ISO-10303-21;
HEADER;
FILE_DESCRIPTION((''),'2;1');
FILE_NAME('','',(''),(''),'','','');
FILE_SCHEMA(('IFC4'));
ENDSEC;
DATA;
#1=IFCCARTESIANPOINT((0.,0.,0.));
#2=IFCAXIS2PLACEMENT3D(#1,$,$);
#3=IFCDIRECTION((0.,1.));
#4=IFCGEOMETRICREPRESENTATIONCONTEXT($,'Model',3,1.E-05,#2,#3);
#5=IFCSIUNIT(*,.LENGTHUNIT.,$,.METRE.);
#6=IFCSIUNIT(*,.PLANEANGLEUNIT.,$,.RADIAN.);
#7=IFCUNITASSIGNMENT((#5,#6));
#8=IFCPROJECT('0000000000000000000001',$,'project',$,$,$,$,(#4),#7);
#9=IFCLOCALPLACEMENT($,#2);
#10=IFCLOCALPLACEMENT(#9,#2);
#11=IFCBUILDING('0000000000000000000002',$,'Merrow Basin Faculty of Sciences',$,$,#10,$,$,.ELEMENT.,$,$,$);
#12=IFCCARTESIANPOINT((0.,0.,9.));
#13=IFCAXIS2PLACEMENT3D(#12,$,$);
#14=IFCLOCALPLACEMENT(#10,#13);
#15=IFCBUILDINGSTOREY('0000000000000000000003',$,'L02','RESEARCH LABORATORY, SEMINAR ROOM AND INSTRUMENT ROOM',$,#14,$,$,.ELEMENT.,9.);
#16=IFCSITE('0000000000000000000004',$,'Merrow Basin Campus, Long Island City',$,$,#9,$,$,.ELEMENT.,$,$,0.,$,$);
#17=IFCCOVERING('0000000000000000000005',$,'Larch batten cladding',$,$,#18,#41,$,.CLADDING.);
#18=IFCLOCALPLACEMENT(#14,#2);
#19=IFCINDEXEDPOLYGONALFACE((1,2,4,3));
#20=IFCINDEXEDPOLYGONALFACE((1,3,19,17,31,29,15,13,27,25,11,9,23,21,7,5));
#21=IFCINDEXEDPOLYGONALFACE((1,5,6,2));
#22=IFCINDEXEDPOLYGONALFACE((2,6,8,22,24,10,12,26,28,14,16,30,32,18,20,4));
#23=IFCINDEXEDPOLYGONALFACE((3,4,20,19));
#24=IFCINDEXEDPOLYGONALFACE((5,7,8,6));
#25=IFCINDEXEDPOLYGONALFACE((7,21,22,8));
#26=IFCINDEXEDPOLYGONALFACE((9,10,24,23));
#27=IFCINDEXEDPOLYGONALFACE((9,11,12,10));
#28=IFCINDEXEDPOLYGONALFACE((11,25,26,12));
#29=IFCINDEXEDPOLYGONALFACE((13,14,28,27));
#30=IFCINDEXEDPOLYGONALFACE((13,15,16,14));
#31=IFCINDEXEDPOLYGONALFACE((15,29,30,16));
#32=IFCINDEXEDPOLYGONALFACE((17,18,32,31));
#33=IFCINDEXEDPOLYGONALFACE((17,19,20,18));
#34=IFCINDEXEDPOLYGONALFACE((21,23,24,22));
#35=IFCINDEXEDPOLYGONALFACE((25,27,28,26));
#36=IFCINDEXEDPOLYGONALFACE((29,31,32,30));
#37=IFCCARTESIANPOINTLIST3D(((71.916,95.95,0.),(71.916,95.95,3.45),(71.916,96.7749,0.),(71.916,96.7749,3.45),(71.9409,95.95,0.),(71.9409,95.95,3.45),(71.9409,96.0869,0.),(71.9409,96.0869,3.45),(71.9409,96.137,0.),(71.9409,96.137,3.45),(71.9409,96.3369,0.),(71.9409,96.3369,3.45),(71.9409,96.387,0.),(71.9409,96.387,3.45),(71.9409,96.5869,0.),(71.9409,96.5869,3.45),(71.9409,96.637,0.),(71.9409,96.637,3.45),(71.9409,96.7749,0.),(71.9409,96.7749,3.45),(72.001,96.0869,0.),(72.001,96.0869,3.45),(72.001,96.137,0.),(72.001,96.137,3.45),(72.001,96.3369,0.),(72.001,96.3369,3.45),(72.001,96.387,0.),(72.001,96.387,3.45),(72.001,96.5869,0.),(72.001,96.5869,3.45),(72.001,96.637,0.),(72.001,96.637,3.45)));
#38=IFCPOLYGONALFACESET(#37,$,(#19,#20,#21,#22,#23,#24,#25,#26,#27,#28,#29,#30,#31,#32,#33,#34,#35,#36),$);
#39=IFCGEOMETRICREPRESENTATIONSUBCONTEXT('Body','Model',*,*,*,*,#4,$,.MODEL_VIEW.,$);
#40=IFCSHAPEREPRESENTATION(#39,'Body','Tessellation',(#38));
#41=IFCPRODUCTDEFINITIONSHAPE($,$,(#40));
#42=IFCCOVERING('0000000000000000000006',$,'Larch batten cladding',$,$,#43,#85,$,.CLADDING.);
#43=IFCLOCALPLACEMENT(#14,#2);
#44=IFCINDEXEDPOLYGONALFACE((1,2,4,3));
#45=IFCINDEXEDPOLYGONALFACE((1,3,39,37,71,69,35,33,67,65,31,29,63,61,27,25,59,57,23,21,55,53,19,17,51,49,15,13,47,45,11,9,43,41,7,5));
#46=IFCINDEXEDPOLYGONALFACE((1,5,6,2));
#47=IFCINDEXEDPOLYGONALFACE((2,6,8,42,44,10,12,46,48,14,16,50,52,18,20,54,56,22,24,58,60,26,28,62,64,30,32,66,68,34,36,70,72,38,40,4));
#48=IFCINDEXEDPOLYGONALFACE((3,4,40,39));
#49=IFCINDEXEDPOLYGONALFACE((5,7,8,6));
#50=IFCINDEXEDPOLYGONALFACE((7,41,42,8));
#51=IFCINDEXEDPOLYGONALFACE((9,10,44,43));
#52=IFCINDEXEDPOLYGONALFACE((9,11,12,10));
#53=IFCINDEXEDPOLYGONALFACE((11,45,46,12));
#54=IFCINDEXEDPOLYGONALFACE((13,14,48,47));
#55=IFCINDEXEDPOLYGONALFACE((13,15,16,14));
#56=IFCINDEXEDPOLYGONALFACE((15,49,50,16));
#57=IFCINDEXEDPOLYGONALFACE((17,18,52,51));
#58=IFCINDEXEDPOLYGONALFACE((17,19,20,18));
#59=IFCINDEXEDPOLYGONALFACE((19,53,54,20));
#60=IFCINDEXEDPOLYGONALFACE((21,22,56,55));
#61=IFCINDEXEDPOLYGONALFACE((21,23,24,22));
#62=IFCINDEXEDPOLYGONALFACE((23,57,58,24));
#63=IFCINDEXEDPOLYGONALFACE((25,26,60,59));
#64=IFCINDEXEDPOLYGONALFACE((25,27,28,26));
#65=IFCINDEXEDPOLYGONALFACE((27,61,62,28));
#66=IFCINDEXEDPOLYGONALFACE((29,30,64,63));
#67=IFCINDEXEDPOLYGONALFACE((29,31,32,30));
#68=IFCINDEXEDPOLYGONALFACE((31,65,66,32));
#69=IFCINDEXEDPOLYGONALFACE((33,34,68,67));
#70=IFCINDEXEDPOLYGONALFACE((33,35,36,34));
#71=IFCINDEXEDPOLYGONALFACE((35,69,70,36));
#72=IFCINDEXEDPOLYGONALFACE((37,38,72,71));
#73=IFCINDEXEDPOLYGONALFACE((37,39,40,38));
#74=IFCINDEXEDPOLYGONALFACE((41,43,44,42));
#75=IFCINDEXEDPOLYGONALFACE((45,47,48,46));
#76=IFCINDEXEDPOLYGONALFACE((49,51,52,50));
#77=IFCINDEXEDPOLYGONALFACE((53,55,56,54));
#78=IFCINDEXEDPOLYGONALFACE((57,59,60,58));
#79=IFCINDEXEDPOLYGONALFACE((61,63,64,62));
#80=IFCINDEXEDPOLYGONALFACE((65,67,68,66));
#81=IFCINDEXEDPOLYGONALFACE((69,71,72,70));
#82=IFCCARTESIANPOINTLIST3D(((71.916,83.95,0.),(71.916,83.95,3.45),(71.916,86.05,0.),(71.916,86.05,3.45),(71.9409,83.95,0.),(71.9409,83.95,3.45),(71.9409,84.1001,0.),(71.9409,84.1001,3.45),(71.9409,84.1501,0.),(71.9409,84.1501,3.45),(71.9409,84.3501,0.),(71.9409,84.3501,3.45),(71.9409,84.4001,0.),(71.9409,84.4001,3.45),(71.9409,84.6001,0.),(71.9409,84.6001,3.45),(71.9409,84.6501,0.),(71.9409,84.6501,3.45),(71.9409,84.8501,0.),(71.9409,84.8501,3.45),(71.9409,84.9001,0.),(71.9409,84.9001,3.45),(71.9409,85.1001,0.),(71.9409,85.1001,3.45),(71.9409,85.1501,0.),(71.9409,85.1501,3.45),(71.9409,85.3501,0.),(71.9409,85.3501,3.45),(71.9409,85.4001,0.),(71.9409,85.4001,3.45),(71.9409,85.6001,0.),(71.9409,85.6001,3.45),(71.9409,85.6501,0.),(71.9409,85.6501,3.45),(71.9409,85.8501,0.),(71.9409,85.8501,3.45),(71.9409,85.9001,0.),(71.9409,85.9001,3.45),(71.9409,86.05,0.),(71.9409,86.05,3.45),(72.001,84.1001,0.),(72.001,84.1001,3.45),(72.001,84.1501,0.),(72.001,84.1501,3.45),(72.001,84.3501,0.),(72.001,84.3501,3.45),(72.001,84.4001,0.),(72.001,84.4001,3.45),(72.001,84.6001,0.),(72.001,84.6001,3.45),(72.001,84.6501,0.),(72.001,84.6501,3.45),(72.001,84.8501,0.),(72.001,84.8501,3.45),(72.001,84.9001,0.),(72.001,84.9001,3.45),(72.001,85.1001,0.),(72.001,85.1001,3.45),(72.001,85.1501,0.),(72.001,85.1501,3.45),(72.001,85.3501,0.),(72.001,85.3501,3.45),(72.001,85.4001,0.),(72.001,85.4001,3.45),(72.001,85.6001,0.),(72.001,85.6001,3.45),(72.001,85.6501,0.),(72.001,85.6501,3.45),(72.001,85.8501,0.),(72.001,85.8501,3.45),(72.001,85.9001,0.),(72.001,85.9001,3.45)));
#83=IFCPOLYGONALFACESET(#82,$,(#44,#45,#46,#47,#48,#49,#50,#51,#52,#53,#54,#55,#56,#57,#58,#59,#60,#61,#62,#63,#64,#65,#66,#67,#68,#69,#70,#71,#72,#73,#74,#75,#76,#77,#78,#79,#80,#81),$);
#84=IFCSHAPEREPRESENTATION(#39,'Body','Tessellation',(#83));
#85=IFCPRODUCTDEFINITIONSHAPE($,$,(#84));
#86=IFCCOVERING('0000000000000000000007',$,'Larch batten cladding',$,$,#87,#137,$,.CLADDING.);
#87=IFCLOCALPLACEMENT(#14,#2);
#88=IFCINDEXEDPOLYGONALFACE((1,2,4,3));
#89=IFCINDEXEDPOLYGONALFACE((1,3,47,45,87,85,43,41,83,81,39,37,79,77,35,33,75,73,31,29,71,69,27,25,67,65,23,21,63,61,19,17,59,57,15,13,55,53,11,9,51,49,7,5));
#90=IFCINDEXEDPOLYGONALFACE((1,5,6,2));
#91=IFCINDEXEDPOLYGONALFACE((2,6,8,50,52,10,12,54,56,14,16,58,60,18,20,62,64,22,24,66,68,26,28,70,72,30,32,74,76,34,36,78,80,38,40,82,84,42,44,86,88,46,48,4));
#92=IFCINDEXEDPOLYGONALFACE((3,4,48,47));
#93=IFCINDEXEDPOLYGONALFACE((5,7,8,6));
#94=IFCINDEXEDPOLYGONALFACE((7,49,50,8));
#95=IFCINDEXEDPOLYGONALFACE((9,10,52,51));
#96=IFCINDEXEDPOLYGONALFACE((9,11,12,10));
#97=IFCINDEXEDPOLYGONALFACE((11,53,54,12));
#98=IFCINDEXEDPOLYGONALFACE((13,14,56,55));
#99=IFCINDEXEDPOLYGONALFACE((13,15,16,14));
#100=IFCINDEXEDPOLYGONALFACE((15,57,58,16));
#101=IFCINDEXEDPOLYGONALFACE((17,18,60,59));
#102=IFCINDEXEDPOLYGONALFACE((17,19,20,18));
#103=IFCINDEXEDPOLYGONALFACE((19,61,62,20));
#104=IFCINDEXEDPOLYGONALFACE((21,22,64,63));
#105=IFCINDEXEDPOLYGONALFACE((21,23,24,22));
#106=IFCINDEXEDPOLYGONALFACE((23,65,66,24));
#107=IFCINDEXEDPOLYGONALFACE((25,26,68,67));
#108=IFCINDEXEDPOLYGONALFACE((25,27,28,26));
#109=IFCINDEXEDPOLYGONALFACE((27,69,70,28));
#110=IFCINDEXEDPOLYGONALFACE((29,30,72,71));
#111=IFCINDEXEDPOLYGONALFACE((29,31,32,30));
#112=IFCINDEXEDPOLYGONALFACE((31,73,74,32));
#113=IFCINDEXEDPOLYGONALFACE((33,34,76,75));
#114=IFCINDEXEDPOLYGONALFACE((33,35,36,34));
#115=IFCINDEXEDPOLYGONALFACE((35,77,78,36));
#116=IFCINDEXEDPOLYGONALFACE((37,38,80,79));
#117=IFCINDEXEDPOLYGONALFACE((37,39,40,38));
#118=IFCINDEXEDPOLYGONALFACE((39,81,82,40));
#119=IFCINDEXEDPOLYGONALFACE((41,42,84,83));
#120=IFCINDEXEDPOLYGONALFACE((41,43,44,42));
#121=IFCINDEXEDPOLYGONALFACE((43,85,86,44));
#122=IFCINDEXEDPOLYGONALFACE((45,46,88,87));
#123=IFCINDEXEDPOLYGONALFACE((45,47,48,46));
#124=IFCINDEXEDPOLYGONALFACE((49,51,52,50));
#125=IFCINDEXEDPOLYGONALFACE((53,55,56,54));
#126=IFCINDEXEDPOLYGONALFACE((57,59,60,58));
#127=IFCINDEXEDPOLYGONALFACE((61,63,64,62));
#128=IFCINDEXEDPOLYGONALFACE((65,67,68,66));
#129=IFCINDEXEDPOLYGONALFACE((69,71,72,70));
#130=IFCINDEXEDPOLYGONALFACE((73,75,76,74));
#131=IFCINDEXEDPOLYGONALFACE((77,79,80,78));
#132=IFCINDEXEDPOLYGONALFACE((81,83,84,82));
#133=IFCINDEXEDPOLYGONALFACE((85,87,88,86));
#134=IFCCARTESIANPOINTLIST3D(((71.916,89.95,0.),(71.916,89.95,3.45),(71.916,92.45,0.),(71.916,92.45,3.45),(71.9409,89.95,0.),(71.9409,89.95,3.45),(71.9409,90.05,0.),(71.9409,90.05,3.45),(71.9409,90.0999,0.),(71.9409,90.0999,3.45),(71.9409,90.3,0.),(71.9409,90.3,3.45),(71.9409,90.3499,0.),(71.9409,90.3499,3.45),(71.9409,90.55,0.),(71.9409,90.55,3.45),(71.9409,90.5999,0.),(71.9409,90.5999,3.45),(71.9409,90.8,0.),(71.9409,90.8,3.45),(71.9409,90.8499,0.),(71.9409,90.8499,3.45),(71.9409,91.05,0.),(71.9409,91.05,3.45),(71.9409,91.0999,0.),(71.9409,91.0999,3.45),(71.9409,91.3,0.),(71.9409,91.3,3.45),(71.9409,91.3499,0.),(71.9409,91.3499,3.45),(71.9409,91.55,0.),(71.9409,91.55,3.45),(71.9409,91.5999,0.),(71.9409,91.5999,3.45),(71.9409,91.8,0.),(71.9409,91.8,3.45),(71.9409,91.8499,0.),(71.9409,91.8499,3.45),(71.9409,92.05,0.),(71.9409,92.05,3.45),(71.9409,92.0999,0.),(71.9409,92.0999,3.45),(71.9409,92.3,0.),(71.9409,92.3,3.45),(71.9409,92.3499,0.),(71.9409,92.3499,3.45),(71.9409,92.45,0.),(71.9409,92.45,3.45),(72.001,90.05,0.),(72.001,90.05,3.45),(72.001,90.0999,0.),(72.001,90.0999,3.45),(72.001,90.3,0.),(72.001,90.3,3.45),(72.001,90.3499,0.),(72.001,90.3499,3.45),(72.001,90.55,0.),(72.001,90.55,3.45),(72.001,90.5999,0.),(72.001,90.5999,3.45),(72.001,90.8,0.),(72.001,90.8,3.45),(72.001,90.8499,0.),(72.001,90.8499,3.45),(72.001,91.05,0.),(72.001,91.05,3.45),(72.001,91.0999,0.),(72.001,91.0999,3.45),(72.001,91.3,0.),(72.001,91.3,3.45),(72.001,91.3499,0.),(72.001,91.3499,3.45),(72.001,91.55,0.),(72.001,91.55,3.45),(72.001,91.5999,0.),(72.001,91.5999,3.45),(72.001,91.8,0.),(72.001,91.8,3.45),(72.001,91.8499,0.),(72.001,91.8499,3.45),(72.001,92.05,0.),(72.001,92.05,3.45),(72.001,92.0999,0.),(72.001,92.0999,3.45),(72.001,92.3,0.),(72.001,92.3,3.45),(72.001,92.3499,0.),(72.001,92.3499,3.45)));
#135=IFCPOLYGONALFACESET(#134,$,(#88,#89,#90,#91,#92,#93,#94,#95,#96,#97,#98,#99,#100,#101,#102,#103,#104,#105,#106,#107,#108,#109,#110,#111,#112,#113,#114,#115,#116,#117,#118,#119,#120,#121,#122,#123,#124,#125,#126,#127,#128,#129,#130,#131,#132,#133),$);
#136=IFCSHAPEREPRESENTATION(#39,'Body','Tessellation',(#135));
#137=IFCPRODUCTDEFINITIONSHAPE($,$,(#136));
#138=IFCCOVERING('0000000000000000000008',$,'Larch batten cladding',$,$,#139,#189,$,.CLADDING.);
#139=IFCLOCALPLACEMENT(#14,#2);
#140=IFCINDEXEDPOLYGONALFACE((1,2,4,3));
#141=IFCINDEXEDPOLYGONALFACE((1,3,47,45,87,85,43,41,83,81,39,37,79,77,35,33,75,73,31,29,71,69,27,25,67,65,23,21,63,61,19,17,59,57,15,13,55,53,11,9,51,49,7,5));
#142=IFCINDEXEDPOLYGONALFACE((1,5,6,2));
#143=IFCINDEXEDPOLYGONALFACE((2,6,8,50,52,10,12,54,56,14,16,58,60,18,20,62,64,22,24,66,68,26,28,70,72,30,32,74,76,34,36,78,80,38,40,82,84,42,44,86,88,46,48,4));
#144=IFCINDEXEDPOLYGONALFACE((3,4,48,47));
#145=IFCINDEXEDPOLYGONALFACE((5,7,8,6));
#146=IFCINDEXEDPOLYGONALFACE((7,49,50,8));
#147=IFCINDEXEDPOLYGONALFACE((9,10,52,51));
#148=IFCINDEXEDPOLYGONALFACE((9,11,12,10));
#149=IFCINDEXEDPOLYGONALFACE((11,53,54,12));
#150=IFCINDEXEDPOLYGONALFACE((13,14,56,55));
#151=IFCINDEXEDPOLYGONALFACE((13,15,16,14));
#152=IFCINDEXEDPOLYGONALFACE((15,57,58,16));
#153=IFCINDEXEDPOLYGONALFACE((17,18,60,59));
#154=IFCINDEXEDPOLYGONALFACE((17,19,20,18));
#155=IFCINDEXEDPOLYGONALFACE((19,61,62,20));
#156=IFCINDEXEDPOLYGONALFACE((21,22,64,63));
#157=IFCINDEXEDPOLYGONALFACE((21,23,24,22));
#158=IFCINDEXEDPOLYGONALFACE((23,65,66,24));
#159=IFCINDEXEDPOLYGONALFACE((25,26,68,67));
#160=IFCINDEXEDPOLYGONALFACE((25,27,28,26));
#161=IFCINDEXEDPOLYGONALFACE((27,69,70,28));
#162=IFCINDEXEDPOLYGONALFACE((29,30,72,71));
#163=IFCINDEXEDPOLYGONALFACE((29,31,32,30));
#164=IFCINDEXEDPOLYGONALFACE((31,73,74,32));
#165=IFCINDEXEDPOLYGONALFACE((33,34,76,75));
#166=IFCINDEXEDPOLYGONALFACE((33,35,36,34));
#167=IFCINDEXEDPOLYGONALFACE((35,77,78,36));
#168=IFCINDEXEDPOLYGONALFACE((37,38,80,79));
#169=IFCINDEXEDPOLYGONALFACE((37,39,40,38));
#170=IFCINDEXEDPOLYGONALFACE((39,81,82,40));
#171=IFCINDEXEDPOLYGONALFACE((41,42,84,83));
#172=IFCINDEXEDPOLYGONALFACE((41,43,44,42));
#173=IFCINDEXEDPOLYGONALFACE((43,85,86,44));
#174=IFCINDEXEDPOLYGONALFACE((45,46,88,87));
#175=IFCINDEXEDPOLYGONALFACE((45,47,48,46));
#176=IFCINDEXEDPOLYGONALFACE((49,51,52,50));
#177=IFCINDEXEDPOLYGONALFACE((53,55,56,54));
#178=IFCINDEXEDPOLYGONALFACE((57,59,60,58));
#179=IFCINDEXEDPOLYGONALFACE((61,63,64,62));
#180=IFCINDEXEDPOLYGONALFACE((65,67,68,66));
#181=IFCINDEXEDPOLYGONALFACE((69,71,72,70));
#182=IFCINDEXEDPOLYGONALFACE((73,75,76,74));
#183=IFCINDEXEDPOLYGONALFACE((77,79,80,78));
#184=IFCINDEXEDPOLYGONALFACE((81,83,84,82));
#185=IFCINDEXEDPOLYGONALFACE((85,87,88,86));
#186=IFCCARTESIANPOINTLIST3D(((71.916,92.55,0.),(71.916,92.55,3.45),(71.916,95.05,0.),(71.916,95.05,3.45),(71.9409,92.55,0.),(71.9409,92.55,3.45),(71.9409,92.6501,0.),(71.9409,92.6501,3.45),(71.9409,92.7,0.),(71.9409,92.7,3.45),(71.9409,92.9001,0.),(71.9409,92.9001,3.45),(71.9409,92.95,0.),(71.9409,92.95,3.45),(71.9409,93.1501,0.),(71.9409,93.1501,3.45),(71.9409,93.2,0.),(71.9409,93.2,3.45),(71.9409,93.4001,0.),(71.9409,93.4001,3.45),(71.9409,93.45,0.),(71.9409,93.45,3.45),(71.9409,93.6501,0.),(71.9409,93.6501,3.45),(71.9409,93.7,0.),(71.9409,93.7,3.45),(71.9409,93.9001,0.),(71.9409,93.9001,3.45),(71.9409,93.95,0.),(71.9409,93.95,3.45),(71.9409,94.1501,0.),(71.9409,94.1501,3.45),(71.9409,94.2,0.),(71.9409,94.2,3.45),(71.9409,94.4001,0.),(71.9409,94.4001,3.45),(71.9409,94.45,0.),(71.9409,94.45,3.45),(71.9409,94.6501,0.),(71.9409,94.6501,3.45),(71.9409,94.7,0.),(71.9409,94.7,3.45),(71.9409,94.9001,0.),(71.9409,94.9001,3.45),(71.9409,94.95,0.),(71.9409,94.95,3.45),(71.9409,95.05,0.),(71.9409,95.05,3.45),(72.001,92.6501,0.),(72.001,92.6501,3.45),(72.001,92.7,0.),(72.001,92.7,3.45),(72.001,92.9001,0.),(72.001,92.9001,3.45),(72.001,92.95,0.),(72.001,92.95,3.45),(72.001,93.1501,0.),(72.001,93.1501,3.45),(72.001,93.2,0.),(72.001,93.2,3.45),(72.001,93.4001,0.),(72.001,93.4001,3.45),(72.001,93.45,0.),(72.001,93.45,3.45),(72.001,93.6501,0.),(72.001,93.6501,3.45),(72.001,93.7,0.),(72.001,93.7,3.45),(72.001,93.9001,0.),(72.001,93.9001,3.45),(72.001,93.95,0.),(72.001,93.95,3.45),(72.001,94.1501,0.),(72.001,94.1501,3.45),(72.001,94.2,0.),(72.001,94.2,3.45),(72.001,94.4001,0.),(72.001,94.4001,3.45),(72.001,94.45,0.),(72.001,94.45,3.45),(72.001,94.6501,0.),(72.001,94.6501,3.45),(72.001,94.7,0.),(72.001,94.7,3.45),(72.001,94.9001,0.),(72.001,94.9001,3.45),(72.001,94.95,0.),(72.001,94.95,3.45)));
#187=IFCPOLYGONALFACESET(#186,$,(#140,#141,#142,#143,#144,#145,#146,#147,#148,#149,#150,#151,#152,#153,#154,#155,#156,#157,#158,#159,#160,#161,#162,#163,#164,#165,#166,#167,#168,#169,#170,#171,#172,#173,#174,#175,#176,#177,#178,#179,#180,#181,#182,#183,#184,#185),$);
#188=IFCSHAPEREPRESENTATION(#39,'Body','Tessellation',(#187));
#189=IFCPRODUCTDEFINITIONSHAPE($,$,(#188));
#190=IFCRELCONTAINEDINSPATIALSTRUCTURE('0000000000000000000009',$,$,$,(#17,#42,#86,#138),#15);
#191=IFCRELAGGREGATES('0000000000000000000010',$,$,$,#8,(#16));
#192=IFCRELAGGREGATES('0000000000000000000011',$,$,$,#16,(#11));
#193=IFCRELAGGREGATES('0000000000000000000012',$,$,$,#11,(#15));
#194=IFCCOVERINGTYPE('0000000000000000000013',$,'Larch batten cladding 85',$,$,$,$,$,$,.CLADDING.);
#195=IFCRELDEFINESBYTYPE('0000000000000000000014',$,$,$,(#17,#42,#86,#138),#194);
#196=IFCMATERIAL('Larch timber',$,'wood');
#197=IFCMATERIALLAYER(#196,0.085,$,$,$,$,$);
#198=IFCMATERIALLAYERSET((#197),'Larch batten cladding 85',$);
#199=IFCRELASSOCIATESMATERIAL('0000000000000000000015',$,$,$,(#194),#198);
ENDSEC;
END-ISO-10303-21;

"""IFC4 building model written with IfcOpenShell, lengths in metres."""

from ifc_helpers import new_model, si_unit, direction, frame, origin, place, context, subcontext, project, spatial, polyline, outline, extrude, source, transform, mapped, material, layer, layer_set, type_object, element, save


model = new_model("IFC4")

# Units and contexts
model_context = context("Model", 3, precision=1e-05, world=origin(), true_north=direction((0.0, 1.0)))
body_context = subcontext(model_context, "Body", "Model", "MODEL_VIEW")
ifc_project = project(units=[si_unit("LENGTHUNIT", "METRE"), si_unit("PLANEANGLEUNIT", "RADIAN")], contexts=[model_context])

# Site, building, storey
site_placement = place(None, origin())
site = spatial("IfcSite", under=ifc_project, at=site_placement, Name="Merrow Basin Campus, Long Island City", CompositionType="ELEMENT", RefElevation=0.0)
building_placement = place(site_placement, origin())
building = spatial("IfcBuilding", under=site, at=building_placement, Name="Merrow Basin Faculty of Sciences", CompositionType="ELEMENT")
storey_placement = place(building_placement, frame((0.0, 0.0, 9.0)))
storey = spatial("IfcBuildingStorey", under=building, at=storey_placement, Name="L02", Description="RESEARCH LABORATORY, SEMINAR ROOM AND INSTRUMENT ROOM", CompositionType="ELEMENT", Elevation=9.0)

# Coverings
ifc_material_1 = material(Name="Larch timber", Category="wood")
ifc_layer_1 = layer(ifc_material_1, 0.085)
ifc_layer_set_1 = layer_set([ifc_layer_1], Name="Larch batten cladding 85")
covering_type = type_object("IfcCoveringType", Name="Larch batten cladding 85", PredefinedType="CLADDING", material=ifc_layer_set_1)
shared_shape_1 = source(origin(), body_context, "Body", "SweptSolid", [
    extrude(outline(polyline([(0.0, 0.0), (0.825, 0.0), (0.825, 0.0249), (0.688, 0.0249), (0.688, 0.085), (0.6379, 0.085), (0.6379, 0.0249), (0.438, 0.0249), (0.438, 0.085), (0.3879, 0.085), (0.3879, 0.0249), (0.188, 0.0249), (0.188, 0.085), (0.1379, 0.085), (0.1379, 0.0249), (0.0, 0.0249), (0.0, 0.0)])), origin(), (0.0, 0.0, 1.0), 3.45),
])
for number, where, z_axis, x_axis, name in (
    (1, (71.916, 96.7749, 0.0), (0.0, 0.0, 1.0), (0.0, -1.0, 0.0), "Larch batten cladding"),
):
    element("IfcCovering", number, at=place(storey_placement, frame(where, z_axis=z_axis, x_axis=x_axis)), inside=storey, type_object=covering_type, Name=name, PredefinedType="CLADDING", context=body_context, shape_type="MappedRepresentation", body=[
        mapped(shared_shape_1, transform((0.0, 0.0, 0.0), scale=1.0)),
    ])
shared_shape_2 = source(origin(), body_context, "Body", "SweptSolid", [
    extrude(outline(polyline([(0.0, 0.0), (2.1001, 0.0), (2.1001, 0.0249), (1.95, 0.0249), (1.95, 0.085), (1.8999, 0.085), (1.8999, 0.0249), (1.7, 0.0249), (1.7, 0.085), (1.6499, 0.085), (1.6499, 0.0249), (1.45, 0.0249), (1.45, 0.085), (1.3999, 0.085), (1.3999, 0.0249), (1.2, 0.0249), (1.2, 0.085), (1.1499, 0.085), (1.1499, 0.0249), (0.95, 0.0249), (0.95, 0.085), (0.8999, 0.085), (0.8999, 0.0249), (0.7, 0.0249), (0.7, 0.085), (0.6499, 0.085), (0.6499, 0.0249), (0.45, 0.0249), (0.45, 0.085), (0.3999, 0.085), (0.3999, 0.0249), (0.2, 0.0249), (0.2, 0.085), (0.1499, 0.085), (0.1499, 0.0249), (0.0, 0.0249), (0.0, 0.0)])), origin(), (0.0, 0.0, 1.0), 3.45),
])
covering_placement = place(storey_placement, frame((71.916, 86.05, 0.0), z_axis=(0.0, 0.0, 1.0), x_axis=(0.0, -1.0, 0.0)))
element("IfcCovering", 2, at=covering_placement, inside=storey, type_object=covering_type, Name="Larch batten cladding", PredefinedType="CLADDING", context=body_context, shape_type="MappedRepresentation", body=[
    mapped(shared_shape_2, transform((0.0, 0.0, 0.0), scale=1.0)),
])
shared_shape_3 = source(origin(), body_context, "Body", "SweptSolid", [
    extrude(outline(polyline([(0.0, 0.0), (2.5, 0.0), (2.5, 0.0249), (2.3999, 0.0249), (2.3999, 0.085), (2.3501, 0.085), (2.3501, 0.0249), (2.1499, 0.0249), (2.1499, 0.085), (2.1001, 0.085), (2.1001, 0.0249), (1.8999, 0.0249), (1.8999, 0.085), (1.8501, 0.085), (1.8501, 0.0249), (1.6499, 0.0249), (1.6499, 0.085), (1.6001, 0.085), (1.6001, 0.0249), (1.3999, 0.0249), (1.3999, 0.085), (1.3501, 0.085), (1.3501, 0.0249), (1.1499, 0.0249), (1.1499, 0.085), (1.1001, 0.085), (1.1001, 0.0249), (0.8999, 0.0249), (0.8999, 0.085), (0.8501, 0.085), (0.8501, 0.0249), (0.6499, 0.0249), (0.6499, 0.085), (0.6001, 0.085), (0.6001, 0.0249), (0.3999, 0.0249), (0.3999, 0.085), (0.3501, 0.085), (0.3501, 0.0249), (0.1499, 0.0249), (0.1499, 0.085), (0.1001, 0.085), (0.1001, 0.0249), (0.0, 0.0249), (0.0, 0.0)])), origin(), (0.0, 0.0, 1.0), 3.45),
])
for number, where, z_axis, x_axis, name in (
    (3, (71.916, 92.45, 0.0), (0.0, 0.0, 1.0), (0.0, -1.0, 0.0), "Larch batten cladding"),
    (4, (71.916, 95.05, 0.0), (0.0, 0.0, 1.0), (0.0, -1.0, 0.0), "Larch batten cladding"),
):
    element("IfcCovering", number, at=place(storey_placement, frame(where, z_axis=z_axis, x_axis=x_axis)), inside=storey, type_object=covering_type, Name=name, PredefinedType="CLADDING", context=body_context, shape_type="MappedRepresentation", body=[
        mapped(shared_shape_3, transform((0.0, 0.0, 0.0), scale=1.0)),
    ])

save(model, "model.ifc")
